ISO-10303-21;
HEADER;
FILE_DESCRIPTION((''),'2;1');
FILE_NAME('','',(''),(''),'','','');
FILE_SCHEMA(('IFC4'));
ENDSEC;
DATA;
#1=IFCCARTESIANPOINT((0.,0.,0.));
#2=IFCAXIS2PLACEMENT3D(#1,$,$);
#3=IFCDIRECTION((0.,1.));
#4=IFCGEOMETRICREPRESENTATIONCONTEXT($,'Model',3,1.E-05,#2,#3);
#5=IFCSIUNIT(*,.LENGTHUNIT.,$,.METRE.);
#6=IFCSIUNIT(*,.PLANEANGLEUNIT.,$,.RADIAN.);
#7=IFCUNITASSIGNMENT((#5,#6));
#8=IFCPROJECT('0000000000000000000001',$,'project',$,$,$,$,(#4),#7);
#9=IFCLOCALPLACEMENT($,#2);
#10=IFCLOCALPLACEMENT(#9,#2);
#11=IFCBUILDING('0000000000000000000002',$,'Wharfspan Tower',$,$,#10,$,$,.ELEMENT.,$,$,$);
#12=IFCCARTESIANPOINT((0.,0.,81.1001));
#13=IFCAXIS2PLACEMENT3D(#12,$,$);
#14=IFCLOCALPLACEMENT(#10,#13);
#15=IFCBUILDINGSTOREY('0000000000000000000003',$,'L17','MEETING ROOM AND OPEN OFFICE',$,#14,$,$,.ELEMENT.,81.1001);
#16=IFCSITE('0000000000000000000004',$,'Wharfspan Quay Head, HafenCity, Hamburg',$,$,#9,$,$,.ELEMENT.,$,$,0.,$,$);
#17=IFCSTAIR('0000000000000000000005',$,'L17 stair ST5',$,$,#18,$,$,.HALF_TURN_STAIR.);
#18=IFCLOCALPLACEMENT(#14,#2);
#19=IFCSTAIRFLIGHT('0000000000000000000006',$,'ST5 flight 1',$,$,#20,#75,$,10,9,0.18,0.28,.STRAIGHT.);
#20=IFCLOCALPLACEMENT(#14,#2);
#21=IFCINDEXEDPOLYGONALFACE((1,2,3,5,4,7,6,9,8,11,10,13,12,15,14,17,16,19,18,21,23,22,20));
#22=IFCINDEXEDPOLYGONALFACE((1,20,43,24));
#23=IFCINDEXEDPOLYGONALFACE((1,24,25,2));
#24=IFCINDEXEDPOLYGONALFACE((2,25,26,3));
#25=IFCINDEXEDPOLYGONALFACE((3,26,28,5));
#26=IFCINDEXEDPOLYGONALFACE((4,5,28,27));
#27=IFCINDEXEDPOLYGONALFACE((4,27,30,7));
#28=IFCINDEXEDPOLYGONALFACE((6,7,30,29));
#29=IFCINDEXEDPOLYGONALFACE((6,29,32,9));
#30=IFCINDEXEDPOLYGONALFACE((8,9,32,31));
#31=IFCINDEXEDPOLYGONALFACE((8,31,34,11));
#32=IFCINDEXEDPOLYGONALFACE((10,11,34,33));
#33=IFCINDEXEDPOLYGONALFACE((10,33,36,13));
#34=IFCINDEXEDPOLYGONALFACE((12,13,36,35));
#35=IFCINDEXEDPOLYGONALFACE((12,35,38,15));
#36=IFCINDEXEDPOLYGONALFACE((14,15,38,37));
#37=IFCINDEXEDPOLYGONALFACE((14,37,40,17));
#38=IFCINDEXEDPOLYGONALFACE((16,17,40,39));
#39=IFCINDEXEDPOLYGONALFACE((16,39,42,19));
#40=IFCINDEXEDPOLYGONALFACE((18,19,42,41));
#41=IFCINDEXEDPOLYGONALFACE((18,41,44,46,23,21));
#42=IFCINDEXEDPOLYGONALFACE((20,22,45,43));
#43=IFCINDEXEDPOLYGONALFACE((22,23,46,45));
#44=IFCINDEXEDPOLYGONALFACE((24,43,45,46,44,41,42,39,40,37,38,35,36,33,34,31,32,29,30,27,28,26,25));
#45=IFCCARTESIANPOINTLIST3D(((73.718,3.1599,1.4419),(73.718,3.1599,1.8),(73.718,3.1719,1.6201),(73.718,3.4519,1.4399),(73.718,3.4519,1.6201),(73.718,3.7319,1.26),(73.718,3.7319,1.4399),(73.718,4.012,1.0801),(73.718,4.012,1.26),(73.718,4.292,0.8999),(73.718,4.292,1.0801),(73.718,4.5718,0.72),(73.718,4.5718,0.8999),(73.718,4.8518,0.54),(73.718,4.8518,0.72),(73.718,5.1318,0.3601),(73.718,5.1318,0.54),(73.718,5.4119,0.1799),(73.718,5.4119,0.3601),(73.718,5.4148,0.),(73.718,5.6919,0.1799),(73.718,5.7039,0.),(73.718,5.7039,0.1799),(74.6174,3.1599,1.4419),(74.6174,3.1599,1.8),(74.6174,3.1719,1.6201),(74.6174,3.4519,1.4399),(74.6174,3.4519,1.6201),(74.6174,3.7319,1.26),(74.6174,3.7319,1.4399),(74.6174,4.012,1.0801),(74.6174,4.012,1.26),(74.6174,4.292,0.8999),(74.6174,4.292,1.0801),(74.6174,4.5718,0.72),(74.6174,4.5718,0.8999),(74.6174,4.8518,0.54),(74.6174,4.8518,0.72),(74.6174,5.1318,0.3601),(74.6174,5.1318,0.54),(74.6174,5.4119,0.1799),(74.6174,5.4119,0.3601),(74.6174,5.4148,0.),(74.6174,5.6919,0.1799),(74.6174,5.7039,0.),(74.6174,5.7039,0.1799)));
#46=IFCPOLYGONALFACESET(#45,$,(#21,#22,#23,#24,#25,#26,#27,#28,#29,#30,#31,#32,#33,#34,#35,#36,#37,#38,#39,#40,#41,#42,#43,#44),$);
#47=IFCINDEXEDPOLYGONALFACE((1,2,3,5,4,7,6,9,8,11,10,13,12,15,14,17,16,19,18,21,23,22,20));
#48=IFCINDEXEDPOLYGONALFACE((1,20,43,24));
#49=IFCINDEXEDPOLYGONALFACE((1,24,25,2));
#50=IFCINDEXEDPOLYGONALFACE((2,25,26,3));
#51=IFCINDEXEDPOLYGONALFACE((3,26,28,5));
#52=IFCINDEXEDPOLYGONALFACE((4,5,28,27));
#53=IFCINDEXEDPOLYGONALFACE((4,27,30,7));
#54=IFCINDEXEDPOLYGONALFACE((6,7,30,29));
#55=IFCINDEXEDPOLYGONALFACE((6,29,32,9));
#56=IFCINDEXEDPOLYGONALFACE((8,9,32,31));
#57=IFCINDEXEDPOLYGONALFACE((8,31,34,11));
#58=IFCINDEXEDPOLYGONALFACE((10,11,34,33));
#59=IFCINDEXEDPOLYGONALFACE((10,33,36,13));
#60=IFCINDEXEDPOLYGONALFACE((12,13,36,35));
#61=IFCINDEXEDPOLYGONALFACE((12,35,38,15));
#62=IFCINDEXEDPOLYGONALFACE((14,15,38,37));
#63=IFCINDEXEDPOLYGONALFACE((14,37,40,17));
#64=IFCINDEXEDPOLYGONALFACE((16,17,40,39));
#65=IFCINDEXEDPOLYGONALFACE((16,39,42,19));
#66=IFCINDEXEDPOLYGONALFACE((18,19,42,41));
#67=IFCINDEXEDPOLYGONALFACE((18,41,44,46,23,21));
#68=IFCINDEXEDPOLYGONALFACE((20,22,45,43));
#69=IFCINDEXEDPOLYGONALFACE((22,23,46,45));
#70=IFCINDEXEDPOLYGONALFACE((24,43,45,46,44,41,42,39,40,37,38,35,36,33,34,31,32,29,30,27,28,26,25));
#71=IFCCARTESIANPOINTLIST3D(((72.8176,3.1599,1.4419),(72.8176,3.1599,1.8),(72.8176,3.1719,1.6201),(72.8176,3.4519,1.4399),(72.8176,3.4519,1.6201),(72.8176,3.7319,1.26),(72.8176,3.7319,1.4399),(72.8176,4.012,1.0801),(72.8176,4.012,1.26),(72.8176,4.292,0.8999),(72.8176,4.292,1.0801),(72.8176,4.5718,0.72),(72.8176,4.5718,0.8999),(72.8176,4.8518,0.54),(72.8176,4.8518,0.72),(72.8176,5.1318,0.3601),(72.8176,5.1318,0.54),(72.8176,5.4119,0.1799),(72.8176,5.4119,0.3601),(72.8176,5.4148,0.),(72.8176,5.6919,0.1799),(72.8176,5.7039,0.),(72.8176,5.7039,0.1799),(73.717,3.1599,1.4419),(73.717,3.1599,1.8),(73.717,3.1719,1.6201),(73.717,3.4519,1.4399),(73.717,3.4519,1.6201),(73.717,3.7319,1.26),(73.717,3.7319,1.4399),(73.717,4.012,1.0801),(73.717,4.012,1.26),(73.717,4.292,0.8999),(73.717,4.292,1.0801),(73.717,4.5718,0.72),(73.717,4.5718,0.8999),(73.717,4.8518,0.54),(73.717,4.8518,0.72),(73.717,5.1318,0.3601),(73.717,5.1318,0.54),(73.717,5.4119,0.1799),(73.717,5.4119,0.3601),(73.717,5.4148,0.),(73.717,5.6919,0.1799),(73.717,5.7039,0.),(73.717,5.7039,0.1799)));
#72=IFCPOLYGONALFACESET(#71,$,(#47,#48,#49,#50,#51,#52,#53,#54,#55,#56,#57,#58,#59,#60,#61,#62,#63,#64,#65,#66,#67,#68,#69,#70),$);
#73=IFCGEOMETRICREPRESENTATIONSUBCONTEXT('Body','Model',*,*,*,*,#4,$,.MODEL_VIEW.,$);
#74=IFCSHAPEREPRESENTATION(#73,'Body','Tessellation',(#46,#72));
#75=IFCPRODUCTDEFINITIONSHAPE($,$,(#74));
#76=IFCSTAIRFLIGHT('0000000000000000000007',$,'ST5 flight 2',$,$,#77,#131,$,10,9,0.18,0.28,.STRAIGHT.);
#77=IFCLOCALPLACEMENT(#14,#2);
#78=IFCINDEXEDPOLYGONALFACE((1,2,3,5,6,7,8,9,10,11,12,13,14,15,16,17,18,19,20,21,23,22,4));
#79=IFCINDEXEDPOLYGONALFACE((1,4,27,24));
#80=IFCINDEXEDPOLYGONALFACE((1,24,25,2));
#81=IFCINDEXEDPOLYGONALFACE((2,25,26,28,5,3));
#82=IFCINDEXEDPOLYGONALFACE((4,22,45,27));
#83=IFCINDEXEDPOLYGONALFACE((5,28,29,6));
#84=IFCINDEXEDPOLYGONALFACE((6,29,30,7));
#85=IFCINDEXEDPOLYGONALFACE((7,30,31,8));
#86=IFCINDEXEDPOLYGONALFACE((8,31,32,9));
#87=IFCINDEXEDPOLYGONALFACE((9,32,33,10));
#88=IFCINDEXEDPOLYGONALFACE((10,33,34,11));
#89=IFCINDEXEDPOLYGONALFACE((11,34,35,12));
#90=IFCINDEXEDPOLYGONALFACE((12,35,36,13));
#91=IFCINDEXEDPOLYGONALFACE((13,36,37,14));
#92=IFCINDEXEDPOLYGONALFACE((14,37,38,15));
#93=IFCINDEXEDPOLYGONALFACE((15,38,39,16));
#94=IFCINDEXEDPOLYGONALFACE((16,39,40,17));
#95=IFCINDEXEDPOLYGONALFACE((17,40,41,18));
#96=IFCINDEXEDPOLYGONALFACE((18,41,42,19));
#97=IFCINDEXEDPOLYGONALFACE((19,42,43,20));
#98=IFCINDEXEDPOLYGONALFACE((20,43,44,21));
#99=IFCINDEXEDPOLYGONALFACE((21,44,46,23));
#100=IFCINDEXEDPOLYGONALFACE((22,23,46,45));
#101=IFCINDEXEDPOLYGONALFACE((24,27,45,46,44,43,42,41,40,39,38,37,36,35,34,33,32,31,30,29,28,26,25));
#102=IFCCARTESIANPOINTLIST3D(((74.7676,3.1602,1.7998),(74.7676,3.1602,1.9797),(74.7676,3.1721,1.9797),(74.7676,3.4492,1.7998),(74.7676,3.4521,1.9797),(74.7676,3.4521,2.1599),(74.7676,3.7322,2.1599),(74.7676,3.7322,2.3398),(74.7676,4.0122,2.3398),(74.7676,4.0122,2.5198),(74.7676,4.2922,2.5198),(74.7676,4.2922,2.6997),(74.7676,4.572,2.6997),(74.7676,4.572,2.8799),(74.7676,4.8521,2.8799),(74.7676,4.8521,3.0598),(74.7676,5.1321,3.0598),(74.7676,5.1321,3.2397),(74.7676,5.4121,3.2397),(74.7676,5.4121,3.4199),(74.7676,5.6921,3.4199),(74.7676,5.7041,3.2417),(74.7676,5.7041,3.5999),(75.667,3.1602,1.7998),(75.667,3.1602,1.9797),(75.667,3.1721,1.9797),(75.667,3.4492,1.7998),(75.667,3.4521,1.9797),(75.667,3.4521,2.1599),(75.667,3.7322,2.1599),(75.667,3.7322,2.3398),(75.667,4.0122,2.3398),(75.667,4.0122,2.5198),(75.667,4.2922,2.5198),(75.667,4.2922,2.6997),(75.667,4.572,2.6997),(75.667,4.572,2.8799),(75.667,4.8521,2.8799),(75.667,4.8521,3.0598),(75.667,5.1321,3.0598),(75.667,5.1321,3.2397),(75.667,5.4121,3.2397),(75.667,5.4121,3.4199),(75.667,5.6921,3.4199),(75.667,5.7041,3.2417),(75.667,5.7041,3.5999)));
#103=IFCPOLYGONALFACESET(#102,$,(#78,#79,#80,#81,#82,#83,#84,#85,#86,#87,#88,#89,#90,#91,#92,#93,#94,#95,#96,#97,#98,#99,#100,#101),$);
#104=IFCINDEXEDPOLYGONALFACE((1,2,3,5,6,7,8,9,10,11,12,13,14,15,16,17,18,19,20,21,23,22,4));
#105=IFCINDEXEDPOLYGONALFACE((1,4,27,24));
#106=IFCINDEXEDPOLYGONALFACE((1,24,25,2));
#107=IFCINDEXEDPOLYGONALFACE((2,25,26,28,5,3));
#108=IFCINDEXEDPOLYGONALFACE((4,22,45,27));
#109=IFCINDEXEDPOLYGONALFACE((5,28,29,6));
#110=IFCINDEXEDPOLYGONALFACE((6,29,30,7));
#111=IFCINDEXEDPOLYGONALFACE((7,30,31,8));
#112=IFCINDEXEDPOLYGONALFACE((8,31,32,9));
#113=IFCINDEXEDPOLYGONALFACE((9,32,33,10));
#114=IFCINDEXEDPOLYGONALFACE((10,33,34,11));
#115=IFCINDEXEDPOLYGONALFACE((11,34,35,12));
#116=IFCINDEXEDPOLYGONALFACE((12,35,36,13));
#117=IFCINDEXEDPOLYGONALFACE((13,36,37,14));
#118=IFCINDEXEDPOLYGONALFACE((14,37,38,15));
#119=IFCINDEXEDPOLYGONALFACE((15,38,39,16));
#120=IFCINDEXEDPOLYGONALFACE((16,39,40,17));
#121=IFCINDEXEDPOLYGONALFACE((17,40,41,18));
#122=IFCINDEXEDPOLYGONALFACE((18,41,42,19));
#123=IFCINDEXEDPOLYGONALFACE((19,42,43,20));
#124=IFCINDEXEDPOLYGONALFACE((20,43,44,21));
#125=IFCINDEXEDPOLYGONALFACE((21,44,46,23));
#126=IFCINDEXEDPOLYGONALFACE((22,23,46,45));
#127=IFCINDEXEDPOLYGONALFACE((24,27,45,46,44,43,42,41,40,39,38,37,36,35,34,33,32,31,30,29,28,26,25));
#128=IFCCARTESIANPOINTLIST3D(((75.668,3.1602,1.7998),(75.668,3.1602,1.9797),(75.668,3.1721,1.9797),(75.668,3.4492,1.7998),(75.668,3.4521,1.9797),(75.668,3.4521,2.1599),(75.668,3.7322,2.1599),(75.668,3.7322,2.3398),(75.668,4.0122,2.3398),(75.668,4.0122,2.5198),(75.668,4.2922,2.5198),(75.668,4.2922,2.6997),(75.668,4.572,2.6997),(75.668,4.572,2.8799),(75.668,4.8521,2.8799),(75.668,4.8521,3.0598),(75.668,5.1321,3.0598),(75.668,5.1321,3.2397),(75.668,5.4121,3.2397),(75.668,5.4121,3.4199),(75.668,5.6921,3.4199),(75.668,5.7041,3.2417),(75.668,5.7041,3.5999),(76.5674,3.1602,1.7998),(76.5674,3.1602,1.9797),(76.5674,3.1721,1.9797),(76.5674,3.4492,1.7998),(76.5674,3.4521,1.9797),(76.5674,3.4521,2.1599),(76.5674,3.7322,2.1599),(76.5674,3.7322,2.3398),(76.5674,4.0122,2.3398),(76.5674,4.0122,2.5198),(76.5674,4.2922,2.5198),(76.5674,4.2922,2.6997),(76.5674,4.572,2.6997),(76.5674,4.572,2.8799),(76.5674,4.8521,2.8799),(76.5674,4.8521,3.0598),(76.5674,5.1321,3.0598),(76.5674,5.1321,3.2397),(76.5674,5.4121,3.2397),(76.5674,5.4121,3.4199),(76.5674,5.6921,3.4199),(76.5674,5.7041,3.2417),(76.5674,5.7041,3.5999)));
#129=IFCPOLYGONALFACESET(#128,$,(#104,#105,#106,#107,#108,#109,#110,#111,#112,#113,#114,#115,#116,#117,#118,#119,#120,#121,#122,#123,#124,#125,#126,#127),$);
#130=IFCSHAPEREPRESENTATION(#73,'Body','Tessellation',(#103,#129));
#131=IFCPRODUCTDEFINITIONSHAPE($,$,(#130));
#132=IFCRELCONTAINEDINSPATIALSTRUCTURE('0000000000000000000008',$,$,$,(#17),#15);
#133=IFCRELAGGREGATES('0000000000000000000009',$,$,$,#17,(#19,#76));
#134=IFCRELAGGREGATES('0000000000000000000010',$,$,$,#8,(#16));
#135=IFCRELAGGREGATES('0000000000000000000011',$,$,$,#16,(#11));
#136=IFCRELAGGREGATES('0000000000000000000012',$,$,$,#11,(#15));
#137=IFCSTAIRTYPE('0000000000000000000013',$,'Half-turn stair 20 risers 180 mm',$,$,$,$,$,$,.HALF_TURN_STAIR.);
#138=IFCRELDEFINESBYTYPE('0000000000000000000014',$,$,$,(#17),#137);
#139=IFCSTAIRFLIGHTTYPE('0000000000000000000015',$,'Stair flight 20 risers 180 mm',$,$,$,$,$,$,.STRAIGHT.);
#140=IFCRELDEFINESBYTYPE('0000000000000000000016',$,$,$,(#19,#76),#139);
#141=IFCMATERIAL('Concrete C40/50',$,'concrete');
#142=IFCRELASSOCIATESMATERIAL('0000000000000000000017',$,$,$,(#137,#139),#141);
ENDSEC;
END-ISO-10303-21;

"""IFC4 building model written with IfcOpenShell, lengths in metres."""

from ifc_helpers import new_model, si_unit, direction, frame, origin, place, context, subcontext, project, spatial, polyline, outline, extrude, material, type_object, element, aggregate, save


model = new_model("IFC4")

# Units and contexts
model_context = context("Model", 3, precision=1e-05, world=origin(), true_north=direction((0.0, 1.0)))
body_context = subcontext(model_context, "Body", "Model", "MODEL_VIEW")
ifc_project = project(units=[si_unit("LENGTHUNIT", "METRE"), si_unit("PLANEANGLEUNIT", "RADIAN")], contexts=[model_context])

# Site, building, storey
site_placement = place(None, origin())
site = spatial("IfcSite", under=ifc_project, at=site_placement, Name="Wharfspan Quay Head, HafenCity, Hamburg", CompositionType="ELEMENT", RefElevation=0.0)
building_placement = place(site_placement, origin())
building = spatial("IfcBuilding", under=site, at=building_placement, Name="Wharfspan Tower", CompositionType="ELEMENT")
storey_placement = place(building_placement, frame((0.0, 0.0, 81.1001)))
storey = spatial("IfcBuildingStorey", under=building, at=storey_placement, Name="L17", Description="MEETING ROOM AND OPEN OFFICE", CompositionType="ELEMENT", Elevation=81.1001)

# Shared definitions
ifc_material_1 = material(Name="Concrete C40/50", Category="concrete")

# Stair, stair flights
stair_type = type_object("IfcStairType", Name="Half-turn stair 20 risers 180 mm", PredefinedType="HALF_TURN_STAIR", material=ifc_material_1)
stair_placement = place(storey_placement, origin())
stair = element("IfcStair", 1, at=stair_placement, inside=storey, type_object=stair_type, Name="L17 stair ST5", PredefinedType="HALF_TURN_STAIR")
stair_flight_type = type_object("IfcStairFlightType", Name="Stair flight 20 risers 180 mm", PredefinedType="STRAIGHT", material=ifc_material_1)
stair_flight_1_placement = place(storey_placement, frame((73.7175, 5.6919, 0.0), z_axis=(0.0, 0.0, 1.0), x_axis=(0.0, -1.0, 0.0)))
stair_flight_1 = element("IfcStairFlight", 2, at=stair_flight_1_placement, type_object=stair_flight_type, Name="ST5 flight 1", NumberOfRisers=10, NumberOfTreads=9, PredefinedType="STRAIGHT", RiserHeight=0.18, TreadLength=0.28, context=body_context, shape_type="SweptSolid", body=[
    extrude(outline(polyline([(-0.012, 0.0), (-0.012, 0.1799), (0.0, 0.1799), (0.28, 0.1799), (0.28, 0.3601), (0.5601, 0.3601), (0.5601, 0.54), (0.8401, 0.54), (0.8401, 0.72), (1.1201, 0.72), (1.1201, 0.8999), (1.3999, 0.8999), (1.3999, 1.0801), (1.6799, 1.0801), (1.6799, 1.26), (1.96, 1.26), (1.96, 1.4399), (2.24, 1.4399), (2.24, 1.6201), (2.52, 1.6201), (2.532, 1.8), (2.532, 1.4419), (0.2771, 0.0), (-0.012, 0.0)])), frame((0.0, 0.8999, 0.0), z_axis=(0.0, -1.0, 0.0), x_axis=(1.0, 0.0, 0.0)), (0.0, 0.0, 1.0), 0.8994),
    extrude(outline(polyline([(-0.012, 0.0), (-0.012, 0.1799), (0.0, 0.1799), (0.28, 0.1799), (0.28, 0.3601), (0.5601, 0.3601), (0.5601, 0.54), (0.8401, 0.54), (0.8401, 0.72), (1.1201, 0.72), (1.1201, 0.8999), (1.3999, 0.8999), (1.3999, 1.0801), (1.6799, 1.0801), (1.6799, 1.26), (1.96, 1.26), (1.96, 1.4399), (2.24, 1.4399), (2.24, 1.6201), (2.52, 1.6201), (2.532, 1.8), (2.532, 1.4419), (0.2771, 0.0), (-0.012, 0.0)])), frame((0.0, -0.0005, 0.0), z_axis=(0.0, -1.0, 0.0), x_axis=(1.0, 0.0, 0.0)), (0.0, 0.0, 1.0), 0.8994),
])
stair_flight_2_placement = place(storey_placement, frame((75.6675, 3.1721, 1.7998), z_axis=(0.0, 0.0, 1.0), x_axis=(0.0, 1.0, 0.0)))
stair_flight_2 = element("IfcStairFlight", 3, at=stair_flight_2_placement, type_object=stair_flight_type, Name="ST5 flight 2", NumberOfRisers=10, NumberOfTreads=9, PredefinedType="STRAIGHT", RiserHeight=0.18, TreadLength=0.28, context=body_context, shape_type="SweptSolid", body=[
    extrude(outline(polyline([(-0.012, 0.0), (-0.012, 0.1799), (0.0, 0.1799), (0.28, 0.1799), (0.28, 0.3601), (0.5601, 0.3601), (0.5601, 0.54), (0.8401, 0.54), (0.8401, 0.72), (1.1201, 0.72), (1.1201, 0.8999), (1.3999, 0.8999), (1.3999, 1.0801), (1.6799, 1.0801), (1.6799, 1.26), (1.96, 1.26), (1.96, 1.4399), (2.24, 1.4399), (2.24, 1.6201), (2.52, 1.6201), (2.532, 1.8), (2.532, 1.4419), (0.2771, 0.0), (-0.012, 0.0)])), frame((0.0, 0.8999, 0.0), z_axis=(0.0, -1.0, 0.0), x_axis=(1.0, 0.0, 0.0)), (0.0, 0.0, 1.0), 0.8994),
    extrude(outline(polyline([(-0.012, 0.0), (-0.012, 0.1799), (0.0, 0.1799), (0.28, 0.1799), (0.28, 0.3601), (0.5601, 0.3601), (0.5601, 0.54), (0.8401, 0.54), (0.8401, 0.72), (1.1201, 0.72), (1.1201, 0.8999), (1.3999, 0.8999), (1.3999, 1.0801), (1.6799, 1.0801), (1.6799, 1.26), (1.96, 1.26), (1.96, 1.4399), (2.24, 1.4399), (2.24, 1.6201), (2.52, 1.6201), (2.532, 1.8), (2.532, 1.4419), (0.2771, 0.0), (-0.012, 0.0)])), frame((0.0, -0.0005, 0.0), z_axis=(0.0, -1.0, 0.0), x_axis=(1.0, 0.0, 0.0)), (0.0, 0.0, 1.0), 0.8994),
])
aggregate(stair, [stair_flight_1, stair_flight_2])

save(model, "model.ifc")
